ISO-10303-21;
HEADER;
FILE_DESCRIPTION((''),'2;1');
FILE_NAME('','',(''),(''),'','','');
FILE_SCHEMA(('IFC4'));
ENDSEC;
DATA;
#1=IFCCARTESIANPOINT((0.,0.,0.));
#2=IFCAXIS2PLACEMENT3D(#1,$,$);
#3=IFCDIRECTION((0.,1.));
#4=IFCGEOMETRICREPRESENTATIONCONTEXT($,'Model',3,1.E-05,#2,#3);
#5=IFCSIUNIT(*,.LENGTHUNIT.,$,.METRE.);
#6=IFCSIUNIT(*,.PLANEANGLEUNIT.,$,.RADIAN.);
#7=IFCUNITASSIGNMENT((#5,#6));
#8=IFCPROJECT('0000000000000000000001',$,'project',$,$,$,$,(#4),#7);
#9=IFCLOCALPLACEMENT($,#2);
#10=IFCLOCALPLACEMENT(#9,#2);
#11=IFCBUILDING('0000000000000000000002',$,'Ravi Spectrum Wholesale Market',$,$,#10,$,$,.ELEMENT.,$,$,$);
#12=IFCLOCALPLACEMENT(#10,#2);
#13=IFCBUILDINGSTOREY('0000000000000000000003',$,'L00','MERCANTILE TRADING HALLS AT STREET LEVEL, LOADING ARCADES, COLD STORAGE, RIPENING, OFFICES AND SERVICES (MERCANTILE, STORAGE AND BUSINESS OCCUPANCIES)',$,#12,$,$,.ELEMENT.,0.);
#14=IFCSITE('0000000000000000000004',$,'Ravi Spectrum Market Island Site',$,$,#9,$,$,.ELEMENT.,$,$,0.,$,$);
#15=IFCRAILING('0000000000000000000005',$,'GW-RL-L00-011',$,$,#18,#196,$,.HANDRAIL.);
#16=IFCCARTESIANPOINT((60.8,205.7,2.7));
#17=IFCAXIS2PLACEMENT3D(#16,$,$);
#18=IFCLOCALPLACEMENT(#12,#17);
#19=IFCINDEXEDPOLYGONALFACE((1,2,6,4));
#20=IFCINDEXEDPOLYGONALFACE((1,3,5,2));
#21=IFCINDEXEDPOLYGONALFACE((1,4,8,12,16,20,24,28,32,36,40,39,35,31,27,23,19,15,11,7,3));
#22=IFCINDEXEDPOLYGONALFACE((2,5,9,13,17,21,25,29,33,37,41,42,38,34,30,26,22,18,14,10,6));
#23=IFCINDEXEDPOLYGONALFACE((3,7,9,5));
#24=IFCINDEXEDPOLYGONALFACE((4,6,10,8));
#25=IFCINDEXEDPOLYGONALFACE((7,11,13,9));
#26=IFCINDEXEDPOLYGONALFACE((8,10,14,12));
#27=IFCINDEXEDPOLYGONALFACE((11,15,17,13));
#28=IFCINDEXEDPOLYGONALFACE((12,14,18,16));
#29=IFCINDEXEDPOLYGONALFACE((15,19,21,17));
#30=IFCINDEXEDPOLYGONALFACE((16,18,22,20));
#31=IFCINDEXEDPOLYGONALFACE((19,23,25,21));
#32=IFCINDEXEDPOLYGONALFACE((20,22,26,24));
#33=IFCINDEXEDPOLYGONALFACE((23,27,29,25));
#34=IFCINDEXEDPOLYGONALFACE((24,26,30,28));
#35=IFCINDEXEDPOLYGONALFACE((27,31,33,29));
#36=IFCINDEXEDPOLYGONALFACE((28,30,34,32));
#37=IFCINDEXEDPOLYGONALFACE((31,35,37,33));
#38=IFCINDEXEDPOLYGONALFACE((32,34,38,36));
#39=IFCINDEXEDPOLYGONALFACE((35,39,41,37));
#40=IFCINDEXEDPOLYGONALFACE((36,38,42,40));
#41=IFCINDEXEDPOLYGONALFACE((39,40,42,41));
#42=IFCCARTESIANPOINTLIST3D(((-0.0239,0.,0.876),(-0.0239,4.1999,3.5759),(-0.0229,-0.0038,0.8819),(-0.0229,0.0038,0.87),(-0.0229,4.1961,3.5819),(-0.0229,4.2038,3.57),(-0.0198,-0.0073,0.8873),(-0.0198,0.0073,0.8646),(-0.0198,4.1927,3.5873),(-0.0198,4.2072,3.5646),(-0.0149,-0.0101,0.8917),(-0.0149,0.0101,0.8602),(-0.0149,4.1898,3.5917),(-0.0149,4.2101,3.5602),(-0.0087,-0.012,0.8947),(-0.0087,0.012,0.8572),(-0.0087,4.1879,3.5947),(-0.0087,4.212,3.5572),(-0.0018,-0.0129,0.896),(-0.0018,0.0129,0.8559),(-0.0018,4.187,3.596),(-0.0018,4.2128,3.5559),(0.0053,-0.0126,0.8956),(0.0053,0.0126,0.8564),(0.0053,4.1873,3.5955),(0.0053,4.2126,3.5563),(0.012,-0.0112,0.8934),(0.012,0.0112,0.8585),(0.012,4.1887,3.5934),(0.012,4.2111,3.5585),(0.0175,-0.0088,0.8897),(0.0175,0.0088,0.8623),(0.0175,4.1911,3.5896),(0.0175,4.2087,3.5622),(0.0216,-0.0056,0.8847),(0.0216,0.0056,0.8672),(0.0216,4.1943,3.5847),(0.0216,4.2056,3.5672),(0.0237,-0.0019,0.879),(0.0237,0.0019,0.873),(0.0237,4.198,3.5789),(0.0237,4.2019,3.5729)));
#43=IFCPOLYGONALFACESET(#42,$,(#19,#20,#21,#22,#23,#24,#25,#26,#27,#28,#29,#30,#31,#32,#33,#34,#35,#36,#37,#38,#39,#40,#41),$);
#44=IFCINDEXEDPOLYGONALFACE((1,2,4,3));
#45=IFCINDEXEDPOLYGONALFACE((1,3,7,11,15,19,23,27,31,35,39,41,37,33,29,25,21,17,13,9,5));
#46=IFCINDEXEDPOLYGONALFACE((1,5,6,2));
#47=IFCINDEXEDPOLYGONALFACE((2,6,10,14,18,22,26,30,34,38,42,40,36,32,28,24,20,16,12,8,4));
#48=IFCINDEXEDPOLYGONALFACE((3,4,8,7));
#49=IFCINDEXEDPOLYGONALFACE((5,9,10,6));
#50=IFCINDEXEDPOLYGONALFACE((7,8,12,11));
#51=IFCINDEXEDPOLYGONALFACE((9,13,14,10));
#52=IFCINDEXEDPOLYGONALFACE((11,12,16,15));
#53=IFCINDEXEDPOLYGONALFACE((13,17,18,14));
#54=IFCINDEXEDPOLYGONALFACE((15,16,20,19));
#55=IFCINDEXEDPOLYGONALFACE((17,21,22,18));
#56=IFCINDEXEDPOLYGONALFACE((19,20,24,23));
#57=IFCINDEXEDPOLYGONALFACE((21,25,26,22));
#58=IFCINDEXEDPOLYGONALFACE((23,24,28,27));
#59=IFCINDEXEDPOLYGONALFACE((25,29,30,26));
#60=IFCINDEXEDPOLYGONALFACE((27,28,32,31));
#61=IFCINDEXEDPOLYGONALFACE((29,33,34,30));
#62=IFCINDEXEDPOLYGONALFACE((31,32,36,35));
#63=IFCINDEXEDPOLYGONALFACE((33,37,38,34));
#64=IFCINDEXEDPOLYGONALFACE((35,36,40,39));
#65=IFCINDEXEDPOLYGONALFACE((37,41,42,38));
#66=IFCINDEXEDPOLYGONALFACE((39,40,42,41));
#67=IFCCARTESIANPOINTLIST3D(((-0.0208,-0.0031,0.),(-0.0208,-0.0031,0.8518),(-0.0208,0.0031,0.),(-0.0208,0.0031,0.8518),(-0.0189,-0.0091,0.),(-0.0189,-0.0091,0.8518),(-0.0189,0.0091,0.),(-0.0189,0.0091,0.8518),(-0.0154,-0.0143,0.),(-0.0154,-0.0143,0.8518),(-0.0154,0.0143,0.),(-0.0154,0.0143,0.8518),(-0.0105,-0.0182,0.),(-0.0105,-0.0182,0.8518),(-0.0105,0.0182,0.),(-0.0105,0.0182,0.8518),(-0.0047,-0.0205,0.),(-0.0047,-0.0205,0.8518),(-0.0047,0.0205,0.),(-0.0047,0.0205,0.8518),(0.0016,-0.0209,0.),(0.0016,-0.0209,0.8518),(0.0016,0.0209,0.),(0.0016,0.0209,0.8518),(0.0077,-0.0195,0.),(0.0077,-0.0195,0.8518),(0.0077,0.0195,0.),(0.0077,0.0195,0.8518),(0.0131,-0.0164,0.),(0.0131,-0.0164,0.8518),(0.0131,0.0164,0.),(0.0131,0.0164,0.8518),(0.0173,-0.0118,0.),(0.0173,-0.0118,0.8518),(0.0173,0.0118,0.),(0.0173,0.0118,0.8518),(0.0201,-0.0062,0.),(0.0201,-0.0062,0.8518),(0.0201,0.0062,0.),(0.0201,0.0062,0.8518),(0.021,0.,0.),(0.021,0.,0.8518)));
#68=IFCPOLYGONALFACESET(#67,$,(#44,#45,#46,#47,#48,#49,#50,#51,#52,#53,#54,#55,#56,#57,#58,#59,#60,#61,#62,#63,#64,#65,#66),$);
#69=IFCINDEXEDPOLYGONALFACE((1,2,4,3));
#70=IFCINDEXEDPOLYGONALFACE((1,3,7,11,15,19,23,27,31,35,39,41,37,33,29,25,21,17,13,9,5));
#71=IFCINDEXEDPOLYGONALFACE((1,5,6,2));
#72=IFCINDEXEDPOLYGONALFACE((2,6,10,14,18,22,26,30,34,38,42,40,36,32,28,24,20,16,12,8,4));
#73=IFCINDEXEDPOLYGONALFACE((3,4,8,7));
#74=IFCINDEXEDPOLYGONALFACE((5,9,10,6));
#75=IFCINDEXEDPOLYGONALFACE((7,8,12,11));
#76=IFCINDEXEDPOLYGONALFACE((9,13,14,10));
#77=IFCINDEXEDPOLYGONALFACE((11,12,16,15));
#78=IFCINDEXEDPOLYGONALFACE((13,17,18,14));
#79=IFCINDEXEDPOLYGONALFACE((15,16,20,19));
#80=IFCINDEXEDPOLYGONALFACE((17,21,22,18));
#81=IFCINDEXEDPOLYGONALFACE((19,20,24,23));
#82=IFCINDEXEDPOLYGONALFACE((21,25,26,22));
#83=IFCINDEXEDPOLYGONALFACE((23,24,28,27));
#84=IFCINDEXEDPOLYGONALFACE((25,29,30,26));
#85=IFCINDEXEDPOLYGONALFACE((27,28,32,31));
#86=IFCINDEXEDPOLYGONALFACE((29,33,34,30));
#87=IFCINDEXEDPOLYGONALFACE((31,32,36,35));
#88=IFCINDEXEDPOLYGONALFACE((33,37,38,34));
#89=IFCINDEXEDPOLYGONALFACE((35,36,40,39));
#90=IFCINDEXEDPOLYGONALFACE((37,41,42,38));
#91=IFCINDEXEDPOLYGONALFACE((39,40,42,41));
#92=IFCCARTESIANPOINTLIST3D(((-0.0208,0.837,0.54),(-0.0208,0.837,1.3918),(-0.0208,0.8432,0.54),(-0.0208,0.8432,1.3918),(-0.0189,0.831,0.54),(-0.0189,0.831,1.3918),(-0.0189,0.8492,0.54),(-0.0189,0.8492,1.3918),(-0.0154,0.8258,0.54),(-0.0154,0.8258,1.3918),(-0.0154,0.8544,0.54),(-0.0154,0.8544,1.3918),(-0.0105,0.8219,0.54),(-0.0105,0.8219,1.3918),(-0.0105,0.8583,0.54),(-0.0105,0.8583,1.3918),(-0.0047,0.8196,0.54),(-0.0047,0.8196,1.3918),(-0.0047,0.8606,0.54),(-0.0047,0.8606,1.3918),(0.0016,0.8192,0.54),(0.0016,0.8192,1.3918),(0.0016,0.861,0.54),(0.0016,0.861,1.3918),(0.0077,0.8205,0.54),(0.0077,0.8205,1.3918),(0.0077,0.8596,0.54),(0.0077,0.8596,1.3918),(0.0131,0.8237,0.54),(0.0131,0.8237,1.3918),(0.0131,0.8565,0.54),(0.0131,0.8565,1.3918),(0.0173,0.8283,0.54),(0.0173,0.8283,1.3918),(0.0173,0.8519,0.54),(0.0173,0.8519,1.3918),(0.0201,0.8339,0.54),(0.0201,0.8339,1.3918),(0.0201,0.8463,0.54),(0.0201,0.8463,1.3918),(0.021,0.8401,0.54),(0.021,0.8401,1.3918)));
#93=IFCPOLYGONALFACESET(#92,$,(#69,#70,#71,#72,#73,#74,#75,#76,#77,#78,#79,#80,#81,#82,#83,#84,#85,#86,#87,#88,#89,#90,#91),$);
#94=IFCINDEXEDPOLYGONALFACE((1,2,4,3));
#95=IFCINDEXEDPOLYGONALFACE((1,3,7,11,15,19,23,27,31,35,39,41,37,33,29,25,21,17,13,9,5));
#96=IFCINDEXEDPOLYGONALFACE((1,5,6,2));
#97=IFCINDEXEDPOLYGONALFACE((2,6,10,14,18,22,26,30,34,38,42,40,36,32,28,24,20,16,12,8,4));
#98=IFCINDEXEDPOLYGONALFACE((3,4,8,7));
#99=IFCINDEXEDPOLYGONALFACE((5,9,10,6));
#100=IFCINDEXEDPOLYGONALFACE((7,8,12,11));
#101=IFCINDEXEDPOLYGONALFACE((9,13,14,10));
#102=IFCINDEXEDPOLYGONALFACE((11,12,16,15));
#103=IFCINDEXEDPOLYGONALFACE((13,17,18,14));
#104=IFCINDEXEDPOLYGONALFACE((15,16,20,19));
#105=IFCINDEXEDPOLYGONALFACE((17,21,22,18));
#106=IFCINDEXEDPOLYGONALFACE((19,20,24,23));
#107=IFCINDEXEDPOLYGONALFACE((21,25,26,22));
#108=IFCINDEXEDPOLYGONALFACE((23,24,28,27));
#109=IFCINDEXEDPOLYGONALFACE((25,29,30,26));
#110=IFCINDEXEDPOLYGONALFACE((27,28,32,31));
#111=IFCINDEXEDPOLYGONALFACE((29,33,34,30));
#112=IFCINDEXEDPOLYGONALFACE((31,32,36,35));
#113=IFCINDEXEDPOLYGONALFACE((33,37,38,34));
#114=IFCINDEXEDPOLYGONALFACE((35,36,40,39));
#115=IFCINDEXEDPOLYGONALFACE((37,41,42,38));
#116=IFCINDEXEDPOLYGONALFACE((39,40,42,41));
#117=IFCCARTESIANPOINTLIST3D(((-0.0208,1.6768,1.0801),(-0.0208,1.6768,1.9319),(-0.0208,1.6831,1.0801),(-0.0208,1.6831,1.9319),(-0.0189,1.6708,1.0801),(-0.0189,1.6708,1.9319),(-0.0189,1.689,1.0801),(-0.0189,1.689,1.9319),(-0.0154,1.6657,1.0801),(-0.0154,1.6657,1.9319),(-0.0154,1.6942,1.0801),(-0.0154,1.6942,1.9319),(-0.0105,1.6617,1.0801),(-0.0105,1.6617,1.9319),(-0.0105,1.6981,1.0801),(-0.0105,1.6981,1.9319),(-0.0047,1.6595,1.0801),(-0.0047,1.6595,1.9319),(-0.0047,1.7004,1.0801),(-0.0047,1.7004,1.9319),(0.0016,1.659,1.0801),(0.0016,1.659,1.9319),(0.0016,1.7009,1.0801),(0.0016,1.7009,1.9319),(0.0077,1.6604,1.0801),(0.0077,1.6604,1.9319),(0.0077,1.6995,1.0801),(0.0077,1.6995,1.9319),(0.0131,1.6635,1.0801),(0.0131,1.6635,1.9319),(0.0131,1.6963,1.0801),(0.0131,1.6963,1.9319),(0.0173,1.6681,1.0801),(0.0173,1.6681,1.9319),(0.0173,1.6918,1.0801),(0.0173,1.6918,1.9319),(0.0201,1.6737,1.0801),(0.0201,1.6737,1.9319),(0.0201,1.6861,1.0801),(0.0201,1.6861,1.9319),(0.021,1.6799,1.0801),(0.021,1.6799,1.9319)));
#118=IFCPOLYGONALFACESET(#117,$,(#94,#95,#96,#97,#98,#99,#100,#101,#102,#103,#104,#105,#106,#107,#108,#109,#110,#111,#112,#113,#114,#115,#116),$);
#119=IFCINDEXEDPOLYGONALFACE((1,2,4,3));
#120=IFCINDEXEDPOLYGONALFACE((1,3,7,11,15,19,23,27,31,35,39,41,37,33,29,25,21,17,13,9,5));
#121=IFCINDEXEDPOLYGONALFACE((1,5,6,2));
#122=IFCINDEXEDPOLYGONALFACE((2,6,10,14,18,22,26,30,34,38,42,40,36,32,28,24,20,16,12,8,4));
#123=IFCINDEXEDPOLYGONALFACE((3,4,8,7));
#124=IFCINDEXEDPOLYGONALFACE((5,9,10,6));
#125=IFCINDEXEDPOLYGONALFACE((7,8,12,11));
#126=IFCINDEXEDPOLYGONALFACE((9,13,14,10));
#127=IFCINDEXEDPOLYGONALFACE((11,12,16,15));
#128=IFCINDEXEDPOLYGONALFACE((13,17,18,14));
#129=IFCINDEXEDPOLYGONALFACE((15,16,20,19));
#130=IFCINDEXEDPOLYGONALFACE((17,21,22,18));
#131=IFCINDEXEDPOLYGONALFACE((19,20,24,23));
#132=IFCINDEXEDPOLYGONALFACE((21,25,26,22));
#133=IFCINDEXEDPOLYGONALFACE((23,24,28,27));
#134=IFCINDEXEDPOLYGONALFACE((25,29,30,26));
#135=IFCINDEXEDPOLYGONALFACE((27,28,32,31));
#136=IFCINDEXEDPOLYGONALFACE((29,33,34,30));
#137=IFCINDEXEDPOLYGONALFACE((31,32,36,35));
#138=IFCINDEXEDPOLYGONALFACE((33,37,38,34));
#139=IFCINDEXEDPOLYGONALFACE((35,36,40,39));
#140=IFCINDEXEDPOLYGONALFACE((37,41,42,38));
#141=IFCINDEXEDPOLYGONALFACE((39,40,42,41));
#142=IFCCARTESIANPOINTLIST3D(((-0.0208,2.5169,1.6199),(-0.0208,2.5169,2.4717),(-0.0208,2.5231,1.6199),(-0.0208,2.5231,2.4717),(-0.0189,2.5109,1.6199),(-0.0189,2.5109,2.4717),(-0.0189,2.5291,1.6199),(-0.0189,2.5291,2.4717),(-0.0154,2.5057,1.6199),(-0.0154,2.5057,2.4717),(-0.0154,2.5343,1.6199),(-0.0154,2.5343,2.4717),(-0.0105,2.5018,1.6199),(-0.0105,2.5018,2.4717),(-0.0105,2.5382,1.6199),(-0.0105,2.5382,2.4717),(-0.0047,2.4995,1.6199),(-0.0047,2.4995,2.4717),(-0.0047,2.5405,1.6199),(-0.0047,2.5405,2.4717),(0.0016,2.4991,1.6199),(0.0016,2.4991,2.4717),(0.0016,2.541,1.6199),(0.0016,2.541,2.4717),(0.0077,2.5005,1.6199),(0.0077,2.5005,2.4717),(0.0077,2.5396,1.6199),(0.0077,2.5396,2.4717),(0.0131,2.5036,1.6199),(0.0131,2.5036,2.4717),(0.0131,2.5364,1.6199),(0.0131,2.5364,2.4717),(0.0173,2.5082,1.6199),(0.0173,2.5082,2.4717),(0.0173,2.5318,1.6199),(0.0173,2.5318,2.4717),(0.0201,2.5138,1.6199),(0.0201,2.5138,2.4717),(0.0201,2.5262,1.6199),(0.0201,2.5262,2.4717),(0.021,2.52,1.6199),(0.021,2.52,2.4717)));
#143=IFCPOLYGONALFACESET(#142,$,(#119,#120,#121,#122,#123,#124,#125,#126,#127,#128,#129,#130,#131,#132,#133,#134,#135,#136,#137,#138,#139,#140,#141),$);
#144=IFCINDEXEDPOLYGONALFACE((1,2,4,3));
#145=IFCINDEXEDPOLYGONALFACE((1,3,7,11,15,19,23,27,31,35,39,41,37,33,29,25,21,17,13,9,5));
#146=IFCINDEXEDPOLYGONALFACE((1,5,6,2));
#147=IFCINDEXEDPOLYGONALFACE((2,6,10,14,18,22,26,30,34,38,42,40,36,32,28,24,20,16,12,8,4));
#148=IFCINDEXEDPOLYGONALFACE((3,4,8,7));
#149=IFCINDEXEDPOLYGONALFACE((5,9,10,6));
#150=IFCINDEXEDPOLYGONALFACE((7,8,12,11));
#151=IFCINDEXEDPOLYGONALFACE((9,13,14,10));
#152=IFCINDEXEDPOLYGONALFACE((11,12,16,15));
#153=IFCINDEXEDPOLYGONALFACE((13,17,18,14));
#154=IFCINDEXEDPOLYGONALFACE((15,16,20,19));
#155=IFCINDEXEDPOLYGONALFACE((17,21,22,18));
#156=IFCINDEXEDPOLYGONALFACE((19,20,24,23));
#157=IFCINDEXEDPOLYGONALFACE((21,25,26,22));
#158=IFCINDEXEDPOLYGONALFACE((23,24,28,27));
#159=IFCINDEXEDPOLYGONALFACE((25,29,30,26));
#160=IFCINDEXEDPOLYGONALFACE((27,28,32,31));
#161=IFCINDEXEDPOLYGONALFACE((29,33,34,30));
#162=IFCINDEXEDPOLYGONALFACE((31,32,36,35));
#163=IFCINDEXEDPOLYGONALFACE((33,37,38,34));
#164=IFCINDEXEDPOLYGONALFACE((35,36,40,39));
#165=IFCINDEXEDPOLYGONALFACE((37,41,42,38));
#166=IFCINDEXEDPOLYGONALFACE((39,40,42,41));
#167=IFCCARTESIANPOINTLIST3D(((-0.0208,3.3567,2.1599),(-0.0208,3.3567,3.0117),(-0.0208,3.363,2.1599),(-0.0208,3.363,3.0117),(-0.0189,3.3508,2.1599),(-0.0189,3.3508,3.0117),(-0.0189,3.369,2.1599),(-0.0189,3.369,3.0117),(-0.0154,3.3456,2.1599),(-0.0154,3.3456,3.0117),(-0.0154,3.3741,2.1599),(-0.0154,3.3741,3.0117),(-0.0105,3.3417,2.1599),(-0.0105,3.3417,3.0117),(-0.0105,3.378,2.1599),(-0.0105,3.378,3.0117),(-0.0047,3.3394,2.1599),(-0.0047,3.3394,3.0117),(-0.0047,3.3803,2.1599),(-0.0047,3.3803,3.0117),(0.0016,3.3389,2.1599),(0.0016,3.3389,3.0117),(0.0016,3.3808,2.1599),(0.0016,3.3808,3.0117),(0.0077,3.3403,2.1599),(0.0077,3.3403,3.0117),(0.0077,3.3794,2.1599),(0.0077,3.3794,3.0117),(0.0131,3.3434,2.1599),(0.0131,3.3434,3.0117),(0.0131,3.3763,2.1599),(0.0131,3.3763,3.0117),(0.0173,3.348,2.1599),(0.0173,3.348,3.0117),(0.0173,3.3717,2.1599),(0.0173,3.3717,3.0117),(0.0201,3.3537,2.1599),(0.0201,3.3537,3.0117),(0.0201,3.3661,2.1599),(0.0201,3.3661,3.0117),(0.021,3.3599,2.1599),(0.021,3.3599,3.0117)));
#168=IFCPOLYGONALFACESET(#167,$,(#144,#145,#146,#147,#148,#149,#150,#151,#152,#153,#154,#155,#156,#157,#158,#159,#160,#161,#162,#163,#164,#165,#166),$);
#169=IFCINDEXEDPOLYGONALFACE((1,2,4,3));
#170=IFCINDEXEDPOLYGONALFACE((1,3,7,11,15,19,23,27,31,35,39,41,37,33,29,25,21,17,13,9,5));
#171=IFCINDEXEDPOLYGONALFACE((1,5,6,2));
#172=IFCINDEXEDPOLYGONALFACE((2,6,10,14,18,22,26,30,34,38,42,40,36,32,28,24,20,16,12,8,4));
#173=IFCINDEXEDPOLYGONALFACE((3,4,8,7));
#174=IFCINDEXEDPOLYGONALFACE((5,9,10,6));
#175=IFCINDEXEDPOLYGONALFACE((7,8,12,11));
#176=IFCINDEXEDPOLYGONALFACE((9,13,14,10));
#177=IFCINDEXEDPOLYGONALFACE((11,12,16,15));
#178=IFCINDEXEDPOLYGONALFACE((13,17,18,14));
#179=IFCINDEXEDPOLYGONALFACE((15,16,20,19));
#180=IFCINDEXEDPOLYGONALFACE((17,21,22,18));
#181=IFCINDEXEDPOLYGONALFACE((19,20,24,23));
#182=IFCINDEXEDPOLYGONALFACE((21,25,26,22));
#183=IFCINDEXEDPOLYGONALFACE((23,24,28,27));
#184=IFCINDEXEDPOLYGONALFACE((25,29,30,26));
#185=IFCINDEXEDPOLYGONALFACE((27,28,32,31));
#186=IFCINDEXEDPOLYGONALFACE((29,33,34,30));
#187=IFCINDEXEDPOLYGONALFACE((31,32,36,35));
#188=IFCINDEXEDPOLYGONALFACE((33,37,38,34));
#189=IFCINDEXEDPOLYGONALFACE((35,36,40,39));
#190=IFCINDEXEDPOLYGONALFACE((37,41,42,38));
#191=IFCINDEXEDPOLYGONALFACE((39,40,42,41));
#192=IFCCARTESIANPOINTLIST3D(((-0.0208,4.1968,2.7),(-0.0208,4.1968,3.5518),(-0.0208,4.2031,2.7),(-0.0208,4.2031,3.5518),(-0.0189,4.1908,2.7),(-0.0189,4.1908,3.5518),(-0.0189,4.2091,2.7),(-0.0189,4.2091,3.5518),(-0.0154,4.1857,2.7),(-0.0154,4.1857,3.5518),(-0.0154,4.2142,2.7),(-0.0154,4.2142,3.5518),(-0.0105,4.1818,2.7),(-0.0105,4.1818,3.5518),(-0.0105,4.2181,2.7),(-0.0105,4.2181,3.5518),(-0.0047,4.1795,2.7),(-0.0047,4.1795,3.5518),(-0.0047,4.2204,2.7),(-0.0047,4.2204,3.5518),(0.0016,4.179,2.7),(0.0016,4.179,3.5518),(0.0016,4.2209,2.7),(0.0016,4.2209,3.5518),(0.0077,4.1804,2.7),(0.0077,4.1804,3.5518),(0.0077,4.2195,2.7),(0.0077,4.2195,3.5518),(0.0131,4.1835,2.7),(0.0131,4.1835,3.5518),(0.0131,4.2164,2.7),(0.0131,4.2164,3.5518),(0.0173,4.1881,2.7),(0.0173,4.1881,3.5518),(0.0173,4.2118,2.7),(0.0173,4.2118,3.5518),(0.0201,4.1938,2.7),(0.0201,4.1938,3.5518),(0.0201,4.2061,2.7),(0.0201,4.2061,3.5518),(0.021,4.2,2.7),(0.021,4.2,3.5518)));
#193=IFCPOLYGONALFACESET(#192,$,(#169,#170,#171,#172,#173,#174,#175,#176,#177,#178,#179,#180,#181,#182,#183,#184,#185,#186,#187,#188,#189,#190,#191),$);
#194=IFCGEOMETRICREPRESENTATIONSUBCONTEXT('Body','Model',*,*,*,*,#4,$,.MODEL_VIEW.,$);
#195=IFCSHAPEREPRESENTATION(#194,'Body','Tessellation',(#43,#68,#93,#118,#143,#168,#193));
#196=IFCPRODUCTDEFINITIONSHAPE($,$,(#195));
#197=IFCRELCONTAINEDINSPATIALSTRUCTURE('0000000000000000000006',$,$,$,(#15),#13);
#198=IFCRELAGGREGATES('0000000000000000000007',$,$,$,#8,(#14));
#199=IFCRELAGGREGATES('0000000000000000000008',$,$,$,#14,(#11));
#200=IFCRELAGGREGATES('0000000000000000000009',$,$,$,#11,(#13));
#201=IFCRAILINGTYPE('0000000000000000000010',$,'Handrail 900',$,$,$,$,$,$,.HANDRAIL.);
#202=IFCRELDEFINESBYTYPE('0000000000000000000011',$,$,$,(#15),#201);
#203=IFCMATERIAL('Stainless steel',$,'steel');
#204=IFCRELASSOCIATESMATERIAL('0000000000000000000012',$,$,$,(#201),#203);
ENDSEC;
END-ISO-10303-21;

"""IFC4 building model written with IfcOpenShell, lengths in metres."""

from ifc_helpers import new_model, si_unit, direction, frame, origin, origin_2d, place, context, subcontext, project, spatial, circle, extrude, material, type_object, element, save


model = new_model("IFC4")

# Units and contexts
model_context = context("Model", 3, precision=1e-05, world=origin(), true_north=direction((0.0, 1.0)))
body_context = subcontext(model_context, "Body", "Model", "MODEL_VIEW")
ifc_project = project(units=[si_unit("LENGTHUNIT", "METRE"), si_unit("PLANEANGLEUNIT", "RADIAN")], contexts=[model_context])

# Site, building, storey
site_placement = place(None, origin())
site = spatial("IfcSite", under=ifc_project, at=site_placement, Name="Ravi Spectrum Market Island Site", CompositionType="ELEMENT", RefElevation=0.0)
building_placement = place(site_placement, origin())
building = spatial("IfcBuilding", under=site, at=building_placement, Name="Ravi Spectrum Wholesale Market", CompositionType="ELEMENT")
storey_placement = place(building_placement, origin())
storey = spatial("IfcBuildingStorey", under=building, at=storey_placement, Name="L00", Description="MERCANTILE TRADING HALLS AT STREET LEVEL, LOADING ARCADES, COLD STORAGE, RIPENING, OFFICES AND SERVICES (MERCANTILE, STORAGE AND BUSINESS OCCUPANCIES)", CompositionType="ELEMENT", Elevation=0.0)

# Railing
ifc_material_1 = material(Name="Stainless steel", Category="steel")
railing_type = type_object("IfcRailingType", Name="Handrail 900", PredefinedType="HANDRAIL", material=ifc_material_1)
railing_placement = place(storey_placement, frame((60.8, 205.7, 2.7)))
element("IfcRailing", 1, at=railing_placement, inside=storey, type_object=railing_type, Name="GW-RL-L00-011", PredefinedType="HANDRAIL", context=body_context, shape_type="SweptSolid", body=[
    extrude(circle(Radius=0.0239, at=origin_2d()), frame((0.0, 0.0, 0.876), z_axis=(0.0, 0.84118, 0.540755), x_axis=(-1.0, 0.0, 0.0)), (0.0, 0.0, 1.0), 4.9929),
    extrude(circle(Radius=0.021, at=origin_2d()), origin(), (0.0, 0.0, 1.0), 0.8518),
    extrude(circle(Radius=0.021, at=origin_2d()), frame((0.0, 0.8401, 0.54)), (0.0, 0.0, 1.0), 0.8518),
    extrude(circle(Radius=0.021, at=origin_2d()), frame((0.0, 1.6799, 1.0801)), (0.0, 0.0, 1.0), 0.8518),
    extrude(circle(Radius=0.021, at=origin_2d()), frame((0.0, 2.52, 1.6199)), (0.0, 0.0, 1.0), 0.8518),
    extrude(circle(Radius=0.021, at=origin_2d()), frame((0.0, 3.3599, 2.1599)), (0.0, 0.0, 1.0), 0.8518),
    extrude(circle(Radius=0.021, at=origin_2d()), frame((0.0, 4.2, 2.7)), (0.0, 0.0, 1.0), 0.8518),
])

save(model, "model.ifc")
